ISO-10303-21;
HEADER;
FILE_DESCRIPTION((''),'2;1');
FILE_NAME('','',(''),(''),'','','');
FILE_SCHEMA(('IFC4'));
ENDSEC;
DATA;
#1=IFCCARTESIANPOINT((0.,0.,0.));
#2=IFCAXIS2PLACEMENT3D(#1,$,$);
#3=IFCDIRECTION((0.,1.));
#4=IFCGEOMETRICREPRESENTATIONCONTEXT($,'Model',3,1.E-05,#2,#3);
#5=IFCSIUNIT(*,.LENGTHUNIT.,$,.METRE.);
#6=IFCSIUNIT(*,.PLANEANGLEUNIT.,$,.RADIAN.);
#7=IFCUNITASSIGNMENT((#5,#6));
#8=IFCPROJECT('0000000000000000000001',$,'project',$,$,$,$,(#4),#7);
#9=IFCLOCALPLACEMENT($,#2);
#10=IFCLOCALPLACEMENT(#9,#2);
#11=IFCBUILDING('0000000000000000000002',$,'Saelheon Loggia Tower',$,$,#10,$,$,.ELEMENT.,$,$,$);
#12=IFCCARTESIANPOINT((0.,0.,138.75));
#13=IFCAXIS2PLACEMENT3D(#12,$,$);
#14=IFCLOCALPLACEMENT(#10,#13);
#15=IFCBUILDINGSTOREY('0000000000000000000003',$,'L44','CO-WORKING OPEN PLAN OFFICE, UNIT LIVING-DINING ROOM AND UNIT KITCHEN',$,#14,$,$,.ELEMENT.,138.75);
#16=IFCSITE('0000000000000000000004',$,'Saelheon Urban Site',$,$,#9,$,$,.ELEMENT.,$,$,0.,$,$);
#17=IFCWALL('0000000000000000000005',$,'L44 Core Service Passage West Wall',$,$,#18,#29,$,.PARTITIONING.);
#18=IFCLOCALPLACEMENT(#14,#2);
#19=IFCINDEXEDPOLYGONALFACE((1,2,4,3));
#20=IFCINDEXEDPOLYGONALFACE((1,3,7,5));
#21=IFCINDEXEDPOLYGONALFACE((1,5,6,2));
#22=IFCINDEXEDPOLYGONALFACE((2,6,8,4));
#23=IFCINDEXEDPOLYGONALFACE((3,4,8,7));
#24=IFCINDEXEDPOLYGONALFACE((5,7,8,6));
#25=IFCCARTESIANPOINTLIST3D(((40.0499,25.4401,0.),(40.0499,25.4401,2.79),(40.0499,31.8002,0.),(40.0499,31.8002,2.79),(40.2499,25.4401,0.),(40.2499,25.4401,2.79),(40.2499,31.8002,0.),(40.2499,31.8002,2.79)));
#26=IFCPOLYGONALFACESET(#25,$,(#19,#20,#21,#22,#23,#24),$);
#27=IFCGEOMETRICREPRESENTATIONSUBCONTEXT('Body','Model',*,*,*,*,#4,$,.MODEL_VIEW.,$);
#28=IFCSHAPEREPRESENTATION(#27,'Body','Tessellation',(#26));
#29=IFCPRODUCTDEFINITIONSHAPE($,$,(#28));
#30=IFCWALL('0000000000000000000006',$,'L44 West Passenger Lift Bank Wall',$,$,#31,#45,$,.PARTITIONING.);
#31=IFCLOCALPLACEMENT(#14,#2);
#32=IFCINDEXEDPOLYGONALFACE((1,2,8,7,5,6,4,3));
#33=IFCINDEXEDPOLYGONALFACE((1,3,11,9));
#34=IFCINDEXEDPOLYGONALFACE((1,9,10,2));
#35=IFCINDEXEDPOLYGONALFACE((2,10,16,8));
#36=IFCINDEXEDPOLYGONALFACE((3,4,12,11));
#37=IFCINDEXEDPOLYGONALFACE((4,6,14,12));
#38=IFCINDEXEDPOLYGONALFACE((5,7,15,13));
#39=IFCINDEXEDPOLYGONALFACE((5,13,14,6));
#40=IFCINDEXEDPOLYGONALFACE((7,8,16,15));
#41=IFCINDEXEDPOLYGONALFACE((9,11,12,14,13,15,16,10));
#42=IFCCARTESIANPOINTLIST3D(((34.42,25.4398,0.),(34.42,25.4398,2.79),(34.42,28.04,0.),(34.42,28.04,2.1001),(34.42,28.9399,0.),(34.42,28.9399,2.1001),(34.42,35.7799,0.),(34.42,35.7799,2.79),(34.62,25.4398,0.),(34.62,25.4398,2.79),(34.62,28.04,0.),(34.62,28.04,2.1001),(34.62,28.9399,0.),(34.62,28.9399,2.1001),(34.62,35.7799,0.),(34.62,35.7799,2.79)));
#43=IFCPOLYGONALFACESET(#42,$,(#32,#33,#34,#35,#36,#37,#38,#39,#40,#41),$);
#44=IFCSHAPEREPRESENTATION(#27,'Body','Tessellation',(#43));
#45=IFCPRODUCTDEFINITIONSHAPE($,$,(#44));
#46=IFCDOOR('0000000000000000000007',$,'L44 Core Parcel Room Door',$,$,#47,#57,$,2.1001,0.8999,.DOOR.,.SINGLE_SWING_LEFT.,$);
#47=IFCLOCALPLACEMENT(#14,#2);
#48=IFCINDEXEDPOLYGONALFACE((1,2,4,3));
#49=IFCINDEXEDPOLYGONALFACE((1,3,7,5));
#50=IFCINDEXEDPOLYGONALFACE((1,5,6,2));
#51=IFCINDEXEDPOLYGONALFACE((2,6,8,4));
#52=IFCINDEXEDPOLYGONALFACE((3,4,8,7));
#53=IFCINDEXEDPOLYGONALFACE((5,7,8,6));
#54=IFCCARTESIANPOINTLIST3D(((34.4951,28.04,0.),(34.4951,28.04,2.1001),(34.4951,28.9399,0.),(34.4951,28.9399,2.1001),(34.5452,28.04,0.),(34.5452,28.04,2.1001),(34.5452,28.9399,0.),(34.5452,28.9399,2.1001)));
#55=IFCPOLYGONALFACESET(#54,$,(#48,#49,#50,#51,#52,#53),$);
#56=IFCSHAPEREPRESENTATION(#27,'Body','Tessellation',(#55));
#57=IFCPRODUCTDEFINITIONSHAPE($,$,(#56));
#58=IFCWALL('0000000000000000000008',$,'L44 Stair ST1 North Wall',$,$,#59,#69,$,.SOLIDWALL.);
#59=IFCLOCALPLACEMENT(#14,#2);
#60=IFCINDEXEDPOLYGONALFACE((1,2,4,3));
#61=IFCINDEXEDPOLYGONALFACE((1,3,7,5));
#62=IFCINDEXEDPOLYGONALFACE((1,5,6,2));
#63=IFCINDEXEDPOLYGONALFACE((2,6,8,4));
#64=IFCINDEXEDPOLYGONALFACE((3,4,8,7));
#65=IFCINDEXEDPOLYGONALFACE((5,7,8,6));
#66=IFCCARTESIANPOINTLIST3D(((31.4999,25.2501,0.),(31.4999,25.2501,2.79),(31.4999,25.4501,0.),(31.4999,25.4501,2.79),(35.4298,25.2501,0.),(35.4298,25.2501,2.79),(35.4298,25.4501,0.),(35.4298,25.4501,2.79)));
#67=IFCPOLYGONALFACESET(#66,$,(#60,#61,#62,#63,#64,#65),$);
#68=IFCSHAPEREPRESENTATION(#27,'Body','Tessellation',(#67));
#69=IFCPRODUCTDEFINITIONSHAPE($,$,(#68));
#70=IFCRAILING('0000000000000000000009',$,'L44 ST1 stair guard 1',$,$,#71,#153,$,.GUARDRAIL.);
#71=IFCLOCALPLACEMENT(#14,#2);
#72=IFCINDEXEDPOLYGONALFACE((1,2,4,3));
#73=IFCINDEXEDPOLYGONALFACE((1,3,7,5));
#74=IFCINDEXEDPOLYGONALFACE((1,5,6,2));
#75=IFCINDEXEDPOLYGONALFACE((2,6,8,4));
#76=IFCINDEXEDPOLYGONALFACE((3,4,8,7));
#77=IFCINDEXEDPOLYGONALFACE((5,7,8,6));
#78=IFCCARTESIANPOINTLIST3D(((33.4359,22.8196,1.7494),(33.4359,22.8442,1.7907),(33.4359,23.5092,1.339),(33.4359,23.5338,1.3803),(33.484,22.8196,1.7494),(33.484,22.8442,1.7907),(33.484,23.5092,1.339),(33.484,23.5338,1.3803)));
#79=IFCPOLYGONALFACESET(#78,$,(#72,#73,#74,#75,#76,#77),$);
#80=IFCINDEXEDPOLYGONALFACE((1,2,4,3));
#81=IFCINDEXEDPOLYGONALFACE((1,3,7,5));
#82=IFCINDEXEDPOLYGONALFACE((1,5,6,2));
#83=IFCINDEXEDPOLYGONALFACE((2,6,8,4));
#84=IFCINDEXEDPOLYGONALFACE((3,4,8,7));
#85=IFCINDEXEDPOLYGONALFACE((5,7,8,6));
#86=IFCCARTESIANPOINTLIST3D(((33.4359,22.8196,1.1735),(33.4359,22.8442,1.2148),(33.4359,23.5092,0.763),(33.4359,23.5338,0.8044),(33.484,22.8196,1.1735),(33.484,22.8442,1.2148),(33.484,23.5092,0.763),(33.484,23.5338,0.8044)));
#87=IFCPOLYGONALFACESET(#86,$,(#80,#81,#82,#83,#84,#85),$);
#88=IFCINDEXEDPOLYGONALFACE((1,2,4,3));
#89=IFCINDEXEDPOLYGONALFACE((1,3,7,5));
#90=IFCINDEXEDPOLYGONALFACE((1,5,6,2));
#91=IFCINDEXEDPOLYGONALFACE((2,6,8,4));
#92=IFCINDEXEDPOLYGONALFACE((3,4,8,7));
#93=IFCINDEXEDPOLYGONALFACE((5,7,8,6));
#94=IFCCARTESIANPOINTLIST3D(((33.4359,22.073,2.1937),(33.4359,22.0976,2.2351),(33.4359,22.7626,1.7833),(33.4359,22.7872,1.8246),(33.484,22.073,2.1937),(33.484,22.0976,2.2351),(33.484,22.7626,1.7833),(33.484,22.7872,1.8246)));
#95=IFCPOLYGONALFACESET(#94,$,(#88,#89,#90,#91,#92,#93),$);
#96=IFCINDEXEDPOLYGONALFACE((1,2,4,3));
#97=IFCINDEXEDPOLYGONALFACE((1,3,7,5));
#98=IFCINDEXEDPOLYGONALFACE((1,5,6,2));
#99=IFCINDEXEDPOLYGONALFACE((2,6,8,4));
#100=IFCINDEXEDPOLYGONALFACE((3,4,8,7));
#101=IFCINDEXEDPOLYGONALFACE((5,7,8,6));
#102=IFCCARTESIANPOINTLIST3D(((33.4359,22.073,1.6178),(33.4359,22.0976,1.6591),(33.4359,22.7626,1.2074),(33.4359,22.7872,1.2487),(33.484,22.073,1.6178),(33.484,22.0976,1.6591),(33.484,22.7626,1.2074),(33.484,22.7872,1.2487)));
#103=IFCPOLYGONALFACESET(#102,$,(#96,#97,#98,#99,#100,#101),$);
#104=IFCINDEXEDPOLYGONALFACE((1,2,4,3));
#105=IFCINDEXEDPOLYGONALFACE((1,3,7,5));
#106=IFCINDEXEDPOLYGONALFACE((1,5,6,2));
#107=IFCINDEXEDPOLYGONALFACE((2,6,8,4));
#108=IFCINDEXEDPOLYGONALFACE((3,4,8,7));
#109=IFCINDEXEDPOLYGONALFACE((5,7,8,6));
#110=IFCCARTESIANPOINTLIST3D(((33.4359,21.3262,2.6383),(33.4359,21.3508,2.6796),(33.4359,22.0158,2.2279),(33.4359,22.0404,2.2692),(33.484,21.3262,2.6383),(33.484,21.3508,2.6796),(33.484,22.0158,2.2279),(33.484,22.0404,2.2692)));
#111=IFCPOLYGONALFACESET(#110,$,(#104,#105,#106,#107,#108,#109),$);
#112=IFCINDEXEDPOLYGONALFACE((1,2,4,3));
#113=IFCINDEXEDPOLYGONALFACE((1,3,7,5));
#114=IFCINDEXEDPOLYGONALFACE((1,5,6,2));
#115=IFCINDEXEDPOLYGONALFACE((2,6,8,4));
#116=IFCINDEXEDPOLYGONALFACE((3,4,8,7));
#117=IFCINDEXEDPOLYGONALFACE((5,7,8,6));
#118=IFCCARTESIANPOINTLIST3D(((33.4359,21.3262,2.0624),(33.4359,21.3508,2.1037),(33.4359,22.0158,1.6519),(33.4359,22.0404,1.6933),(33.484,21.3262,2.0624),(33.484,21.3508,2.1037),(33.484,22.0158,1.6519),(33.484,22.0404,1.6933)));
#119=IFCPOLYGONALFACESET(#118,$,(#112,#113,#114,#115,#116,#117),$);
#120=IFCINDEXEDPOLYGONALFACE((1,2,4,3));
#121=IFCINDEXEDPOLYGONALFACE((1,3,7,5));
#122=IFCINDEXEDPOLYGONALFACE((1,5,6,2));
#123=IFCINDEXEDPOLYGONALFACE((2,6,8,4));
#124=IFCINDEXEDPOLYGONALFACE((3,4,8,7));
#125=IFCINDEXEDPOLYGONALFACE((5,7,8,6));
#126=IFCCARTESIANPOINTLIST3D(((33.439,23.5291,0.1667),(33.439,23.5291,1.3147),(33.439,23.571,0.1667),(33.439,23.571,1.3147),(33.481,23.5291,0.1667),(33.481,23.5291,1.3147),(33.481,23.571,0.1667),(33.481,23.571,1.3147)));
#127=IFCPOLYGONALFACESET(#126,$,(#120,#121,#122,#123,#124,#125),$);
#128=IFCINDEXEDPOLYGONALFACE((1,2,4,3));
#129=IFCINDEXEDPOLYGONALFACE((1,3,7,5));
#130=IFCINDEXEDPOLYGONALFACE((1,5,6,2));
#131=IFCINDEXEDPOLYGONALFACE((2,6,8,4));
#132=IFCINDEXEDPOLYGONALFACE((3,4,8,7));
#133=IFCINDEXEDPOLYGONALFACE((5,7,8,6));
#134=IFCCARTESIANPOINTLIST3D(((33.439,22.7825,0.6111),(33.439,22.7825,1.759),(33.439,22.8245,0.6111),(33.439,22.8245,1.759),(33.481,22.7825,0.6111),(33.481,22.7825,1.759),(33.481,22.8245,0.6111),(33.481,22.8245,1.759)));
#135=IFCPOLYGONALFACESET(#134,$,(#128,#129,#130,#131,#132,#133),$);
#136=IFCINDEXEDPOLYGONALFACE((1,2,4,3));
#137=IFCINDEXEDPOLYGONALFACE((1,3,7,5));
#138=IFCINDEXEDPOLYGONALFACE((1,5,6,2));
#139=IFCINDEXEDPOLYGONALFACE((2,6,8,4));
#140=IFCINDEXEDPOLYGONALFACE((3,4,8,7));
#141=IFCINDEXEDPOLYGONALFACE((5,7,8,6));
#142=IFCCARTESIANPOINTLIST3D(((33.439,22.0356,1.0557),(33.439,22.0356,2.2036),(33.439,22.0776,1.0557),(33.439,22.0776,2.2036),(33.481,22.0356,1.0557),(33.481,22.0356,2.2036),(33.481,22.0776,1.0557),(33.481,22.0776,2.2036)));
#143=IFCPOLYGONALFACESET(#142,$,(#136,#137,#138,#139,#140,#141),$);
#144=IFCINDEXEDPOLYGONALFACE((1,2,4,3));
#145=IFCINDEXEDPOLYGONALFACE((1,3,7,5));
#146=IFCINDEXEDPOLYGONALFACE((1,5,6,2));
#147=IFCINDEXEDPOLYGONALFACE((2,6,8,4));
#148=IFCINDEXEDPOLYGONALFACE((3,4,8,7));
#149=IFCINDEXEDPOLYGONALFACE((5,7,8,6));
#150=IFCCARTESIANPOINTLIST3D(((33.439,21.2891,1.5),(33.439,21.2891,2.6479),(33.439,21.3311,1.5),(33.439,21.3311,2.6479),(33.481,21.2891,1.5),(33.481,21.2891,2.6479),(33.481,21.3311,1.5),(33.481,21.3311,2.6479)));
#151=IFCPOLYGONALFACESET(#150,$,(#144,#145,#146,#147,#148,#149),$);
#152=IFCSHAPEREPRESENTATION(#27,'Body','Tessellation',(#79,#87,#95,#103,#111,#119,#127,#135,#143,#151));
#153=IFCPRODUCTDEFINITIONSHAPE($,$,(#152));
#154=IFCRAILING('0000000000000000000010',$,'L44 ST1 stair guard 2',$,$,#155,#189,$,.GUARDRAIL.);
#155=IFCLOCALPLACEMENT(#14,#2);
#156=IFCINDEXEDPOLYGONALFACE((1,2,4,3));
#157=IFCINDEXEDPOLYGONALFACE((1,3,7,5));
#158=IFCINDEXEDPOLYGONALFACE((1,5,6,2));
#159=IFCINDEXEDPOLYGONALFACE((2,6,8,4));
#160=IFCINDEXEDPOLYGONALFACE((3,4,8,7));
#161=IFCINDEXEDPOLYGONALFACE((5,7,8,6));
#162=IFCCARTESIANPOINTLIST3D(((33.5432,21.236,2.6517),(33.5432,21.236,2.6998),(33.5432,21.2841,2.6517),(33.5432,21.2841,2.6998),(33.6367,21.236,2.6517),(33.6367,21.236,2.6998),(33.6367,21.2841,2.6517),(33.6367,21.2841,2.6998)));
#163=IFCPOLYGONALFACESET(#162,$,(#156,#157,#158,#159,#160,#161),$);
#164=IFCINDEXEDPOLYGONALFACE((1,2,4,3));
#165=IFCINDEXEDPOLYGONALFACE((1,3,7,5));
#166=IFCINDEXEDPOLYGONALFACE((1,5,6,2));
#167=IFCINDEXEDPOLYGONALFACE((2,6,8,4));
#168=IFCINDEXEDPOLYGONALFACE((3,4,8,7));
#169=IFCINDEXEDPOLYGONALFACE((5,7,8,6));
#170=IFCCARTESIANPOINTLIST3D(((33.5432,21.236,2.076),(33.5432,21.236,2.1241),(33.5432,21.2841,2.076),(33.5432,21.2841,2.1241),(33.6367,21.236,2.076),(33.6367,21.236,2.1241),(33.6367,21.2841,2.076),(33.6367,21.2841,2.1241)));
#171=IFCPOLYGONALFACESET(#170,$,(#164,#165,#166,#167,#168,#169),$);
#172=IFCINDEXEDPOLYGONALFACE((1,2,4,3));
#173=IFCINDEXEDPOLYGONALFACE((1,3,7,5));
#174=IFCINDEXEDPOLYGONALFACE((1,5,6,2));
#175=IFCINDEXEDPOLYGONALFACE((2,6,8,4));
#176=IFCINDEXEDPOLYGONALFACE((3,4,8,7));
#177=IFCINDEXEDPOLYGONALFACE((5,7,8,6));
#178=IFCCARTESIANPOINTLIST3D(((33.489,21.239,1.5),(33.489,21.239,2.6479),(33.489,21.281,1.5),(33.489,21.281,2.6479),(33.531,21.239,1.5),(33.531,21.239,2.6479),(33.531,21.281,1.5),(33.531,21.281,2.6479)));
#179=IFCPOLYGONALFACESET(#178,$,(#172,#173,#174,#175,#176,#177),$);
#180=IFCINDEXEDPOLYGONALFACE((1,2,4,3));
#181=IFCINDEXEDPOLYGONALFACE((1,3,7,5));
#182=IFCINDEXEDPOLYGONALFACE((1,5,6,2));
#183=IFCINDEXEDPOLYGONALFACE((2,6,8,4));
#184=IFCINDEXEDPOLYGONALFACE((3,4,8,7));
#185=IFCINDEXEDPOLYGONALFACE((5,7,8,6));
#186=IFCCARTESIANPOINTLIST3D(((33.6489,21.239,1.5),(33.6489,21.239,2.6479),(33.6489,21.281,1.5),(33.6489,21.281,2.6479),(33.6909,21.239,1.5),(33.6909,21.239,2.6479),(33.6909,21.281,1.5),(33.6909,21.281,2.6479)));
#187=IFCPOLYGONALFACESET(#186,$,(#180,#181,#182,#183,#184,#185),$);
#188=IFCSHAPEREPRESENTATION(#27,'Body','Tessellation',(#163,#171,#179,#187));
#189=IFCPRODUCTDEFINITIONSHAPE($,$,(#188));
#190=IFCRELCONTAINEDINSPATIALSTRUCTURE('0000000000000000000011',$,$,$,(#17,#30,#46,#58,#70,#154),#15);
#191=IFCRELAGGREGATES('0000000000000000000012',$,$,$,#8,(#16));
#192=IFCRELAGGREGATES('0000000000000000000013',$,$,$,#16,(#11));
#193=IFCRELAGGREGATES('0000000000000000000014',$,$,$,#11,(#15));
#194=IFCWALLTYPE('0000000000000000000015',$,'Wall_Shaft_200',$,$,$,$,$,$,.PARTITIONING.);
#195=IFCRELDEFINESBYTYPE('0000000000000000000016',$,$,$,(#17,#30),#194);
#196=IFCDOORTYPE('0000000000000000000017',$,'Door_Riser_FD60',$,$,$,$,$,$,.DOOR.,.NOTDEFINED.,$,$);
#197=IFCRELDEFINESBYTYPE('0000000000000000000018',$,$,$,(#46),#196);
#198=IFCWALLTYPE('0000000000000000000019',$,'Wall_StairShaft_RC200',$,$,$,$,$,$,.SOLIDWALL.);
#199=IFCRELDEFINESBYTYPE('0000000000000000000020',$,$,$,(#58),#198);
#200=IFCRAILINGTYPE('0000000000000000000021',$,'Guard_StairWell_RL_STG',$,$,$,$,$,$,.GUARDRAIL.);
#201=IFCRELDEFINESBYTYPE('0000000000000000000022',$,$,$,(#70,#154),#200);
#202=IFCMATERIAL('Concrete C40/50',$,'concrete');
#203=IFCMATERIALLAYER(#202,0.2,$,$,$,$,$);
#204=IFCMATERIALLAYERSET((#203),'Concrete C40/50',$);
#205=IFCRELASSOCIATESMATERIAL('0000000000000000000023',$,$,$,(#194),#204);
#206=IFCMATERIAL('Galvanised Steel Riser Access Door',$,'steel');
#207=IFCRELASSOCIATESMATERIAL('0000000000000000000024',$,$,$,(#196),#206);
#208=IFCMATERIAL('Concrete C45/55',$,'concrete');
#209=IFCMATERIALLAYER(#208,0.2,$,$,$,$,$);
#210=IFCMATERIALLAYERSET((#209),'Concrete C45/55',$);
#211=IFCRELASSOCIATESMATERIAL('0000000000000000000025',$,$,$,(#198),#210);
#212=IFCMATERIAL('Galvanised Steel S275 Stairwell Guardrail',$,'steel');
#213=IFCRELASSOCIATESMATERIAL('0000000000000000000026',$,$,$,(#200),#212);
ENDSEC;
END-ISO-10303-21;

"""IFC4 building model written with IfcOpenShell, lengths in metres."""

from ifc_helpers import new_model, si_unit, direction, frame, frame_2d, origin, origin_2d, place, context, subcontext, project, spatial, rectangle, extrude, source, transform, mapped, material, layer, layer_set, type_object, element, fill, save


model = new_model("IFC4")

# Units and contexts
model_context = context("Model", 3, precision=1e-05, world=origin(), true_north=direction((0.0, 1.0)))
body_context = subcontext(model_context, "Body", "Model", "MODEL_VIEW")
ifc_project = project(units=[si_unit("LENGTHUNIT", "METRE"), si_unit("PLANEANGLEUNIT", "RADIAN")], contexts=[model_context])

# Site, building, storey
site_placement = place(None, origin())
site = spatial("IfcSite", under=ifc_project, at=site_placement, Name="Saelheon Urban Site", CompositionType="ELEMENT", RefElevation=0.0)
building_placement = place(site_placement, origin())
building = spatial("IfcBuilding", under=site, at=building_placement, Name="Saelheon Loggia Tower", CompositionType="ELEMENT")
storey_placement = place(building_placement, frame((0.0, 0.0, 138.75)))
storey = spatial("IfcBuildingStorey", under=building, at=storey_placement, Name="L44", Description="CO-WORKING OPEN PLAN OFFICE, UNIT LIVING-DINING ROOM AND UNIT KITCHEN", CompositionType="ELEMENT", Elevation=138.75)

# Wall
ifc_material_1 = material(Name="Concrete C40/50", Category="concrete")
ifc_layer_1 = layer(ifc_material_1, 0.2)
ifc_layer_set_1 = layer_set([ifc_layer_1], Name="Concrete C40/50")
wall_type_1 = type_object("IfcWallType", Name="Wall_Shaft_200", PredefinedType="PARTITIONING", material=ifc_layer_set_1)
wall_1_placement = place(storey_placement, frame((40.1499, 25.4399, 0.0), z_axis=(0.0, 0.0, 1.0), x_axis=(0.0, 1.0, 0.0)))
element("IfcWall", 1, at=wall_1_placement, inside=storey, type_object=wall_type_1, Name="L44 Core Service Passage West Wall", PredefinedType="PARTITIONING", context=body_context, shape_type="SweptSolid", body=[
    extrude(rectangle(XDim=6.3601, YDim=0.2, at=frame_2d((3.1802, 0.0))), origin(), (0.0, 0.0, 1.0), 2.79),
])

# Wall, opening, door
wall_2_placement = place(storey_placement, frame((34.52, 25.4399, 0.0), z_axis=(0.0, 0.0, 1.0), x_axis=(0.0, 1.0, 0.0)))
wall_2 = element("IfcWall", 2, at=wall_2_placement, inside=storey, type_object=wall_type_1, Name="L44 West Passenger Lift Bank Wall", PredefinedType="PARTITIONING", context=body_context, shape_type="SweptSolid", body=[
    extrude(rectangle(XDim=10.3401, YDim=0.2, at=frame_2d((5.1699, 0.0))), origin(), (0.0, 0.0, 1.0), 2.79),
])
opening_1_placement = place(wall_2_placement, frame((2.6001, 0.0, 0.0)))
opening_1 = element("IfcOpeningElement", 3, at=opening_1_placement, cuts=wall_2, PredefinedType="OPENING", context=body_context, shape_type="SweptSolid", body=[
    extrude(rectangle(XDim=0.8999, YDim=2.1001, at=frame_2d((0.45, 1.05))), frame((0.0, 0.1121, 0.0), z_axis=(0.0, -1.0, 0.0), x_axis=(1.0, 0.0, 0.0)), (0.0, 0.0, 1.0), 0.2239),
])
ifc_material_2 = material(Name="Galvanised Steel Riser Access Door", Category="steel")
door_type_1 = type_object("IfcDoorType", Name="Door_Riser_FD60", OperationType="NOTDEFINED", PredefinedType="DOOR", material=ifc_material_2)
shared_shape_1 = source(origin(), body_context, "Body", "SweptSolid", [
    extrude(rectangle(XDim=0.8999, YDim=2.1001, at=frame_2d((0.45, 1.05))), frame((0.0, 0.0249, 0.0), z_axis=(0.0, -1.0, 0.0), x_axis=(1.0, 0.0, 0.0)), (0.0, 0.0, 1.0), 0.05),
])
door_1_placement = place(opening_1_placement, origin())
door_1 = element("IfcDoor", 4, at=door_1_placement, inside=storey, type_object=door_type_1, Name="L44 Core Parcel Room Door", OperationType="SINGLE_SWING_LEFT", OverallHeight=2.1001, OverallWidth=0.8999, PredefinedType="DOOR", context=body_context, shape_type="MappedRepresentation", body=[
    mapped(shared_shape_1, transform((0.0, 0.0, 0.0), scale=1.0)),
])
fill(opening_1, door_1)

# Wall
ifc_material_3 = material(Name="Concrete C45/55", Category="concrete")
ifc_layer_2 = layer(ifc_material_3, 0.2)
ifc_layer_set_2 = layer_set([ifc_layer_2], Name="Concrete C45/55")
wall_type_2 = type_object("IfcWallType", Name="Wall_StairShaft_RC200", PredefinedType="SOLIDWALL", material=ifc_layer_set_2)
wall_3_placement = place(storey_placement, frame((31.5, 25.3501, 0.0), z_axis=(0.0, 0.0, 1.0), x_axis=(1.0, 0.0, 0.0)))
element("IfcWall", 5, at=wall_3_placement, inside=storey, type_object=wall_type_2, Name="L44 Stair ST1 North Wall", PredefinedType="SOLIDWALL", context=body_context, shape_type="SweptSolid", body=[
    extrude(rectangle(XDim=3.9299, YDim=0.2, at=frame_2d((1.9648, 0.0))), origin(), (0.0, 0.0, 1.0), 2.79),
])

# Railings
ifc_material_4 = material(Name="Galvanised Steel S275 Stairwell Guardrail", Category="steel")
railing_type_1 = type_object("IfcRailingType", Name="Guard_StairWell_RL_STG", PredefinedType="GUARDRAIL", material=ifc_material_4)
railing_1_placement = place(storey_placement, frame((33.46, 23.55, 0.1667)))
element("IfcRailing", 6, at=railing_1_placement, inside=storey, type_object=railing_type_1, Name="L44 ST1 stair guard 1", PredefinedType="GUARDRAIL", context=body_context, shape_type="SweptSolid", body=[
    extrude(rectangle(XDim=0.0481, YDim=0.0481, at=origin_2d()), frame((0.0, -0.0286, 1.1929), z_axis=(0.0, -0.859306, 0.511462), x_axis=(1.0, 0.0, 0.0)), (0.0, 0.0, 1.0), 0.8025),
    extrude(rectangle(XDim=0.0481, YDim=0.0481, at=origin_2d()), frame((0.0, -0.0286, 0.6169), z_axis=(0.0, -0.859306, 0.511462), x_axis=(1.0, 0.0, 0.0)), (0.0, 0.0, 1.0), 0.8025),
    extrude(rectangle(XDim=0.0481, YDim=0.0481, at=origin_2d()), frame((0.0, -0.7751, 1.6372), z_axis=(0.0, -0.859306, 0.511462), x_axis=(1.0, 0.0, 0.0)), (0.0, 0.0, 1.0), 0.8025),
    extrude(rectangle(XDim=0.0481, YDim=0.0481, at=origin_2d()), frame((0.0, -0.7751, 1.0613), z_axis=(0.0, -0.859306, 0.511462), x_axis=(1.0, 0.0, 0.0)), (0.0, 0.0, 1.0), 0.8025),
    extrude(rectangle(XDim=0.0481, YDim=0.0481, at=origin_2d()), frame((0.0, -1.522, 2.0818), z_axis=(0.0, -0.859306, 0.511462), x_axis=(1.0, 0.0, 0.0)), (0.0, 0.0, 1.0), 0.8025),
    extrude(rectangle(XDim=0.0481, YDim=0.0481, at=origin_2d()), frame((0.0, -1.522, 1.5059), z_axis=(0.0, -0.859306, 0.511462), x_axis=(1.0, 0.0, 0.0)), (0.0, 0.0, 1.0), 0.8025),
    extrude(rectangle(XDim=0.042, YDim=0.042, at=origin_2d()), origin(), (0.0, 0.0, 1.0), 1.1479),
    extrude(rectangle(XDim=0.042, YDim=0.042, at=origin_2d()), frame((0.0, -0.7466, 0.4443)), (0.0, 0.0, 1.0), 1.1479),
    extrude(rectangle(XDim=0.042, YDim=0.042, at=origin_2d()), frame((0.0, -1.4934, 0.8889)), (0.0, 0.0, 1.0), 1.1479),
    extrude(rectangle(XDim=0.042, YDim=0.042, at=origin_2d()), frame((0.0, -2.24, 1.3333)), (0.0, 0.0, 1.0), 1.1479),
])
railing_2_placement = place(storey_placement, frame((33.51, 21.26, 1.5)))
element("IfcRailing", 7, at=railing_2_placement, inside=storey, type_object=railing_type_1, Name="L44 ST1 stair guard 2", PredefinedType="GUARDRAIL", context=body_context, shape_type="SweptSolid", body=[
    extrude(rectangle(XDim=0.0481, YDim=0.0481, at=origin_2d()), frame((0.0332, 0.0, 1.1758), z_axis=(1.0, 0.0, 0.0), x_axis=(0.0, 1.0, 0.0)), (0.0, 0.0, 1.0), 0.0935),
    extrude(rectangle(XDim=0.0481, YDim=0.0481, at=origin_2d()), frame((0.0332, 0.0, 0.6001), z_axis=(1.0, 0.0, 0.0), x_axis=(0.0, 1.0, 0.0)), (0.0, 0.0, 1.0), 0.0935),
    extrude(rectangle(XDim=0.042, YDim=0.042, at=origin_2d()), origin(), (0.0, 0.0, 1.0), 1.1479),
    extrude(rectangle(XDim=0.042, YDim=0.042, at=origin_2d()), frame((0.1599, 0.0, 0.0)), (0.0, 0.0, 1.0), 1.1479),
])

save(model, "model.ifc")
